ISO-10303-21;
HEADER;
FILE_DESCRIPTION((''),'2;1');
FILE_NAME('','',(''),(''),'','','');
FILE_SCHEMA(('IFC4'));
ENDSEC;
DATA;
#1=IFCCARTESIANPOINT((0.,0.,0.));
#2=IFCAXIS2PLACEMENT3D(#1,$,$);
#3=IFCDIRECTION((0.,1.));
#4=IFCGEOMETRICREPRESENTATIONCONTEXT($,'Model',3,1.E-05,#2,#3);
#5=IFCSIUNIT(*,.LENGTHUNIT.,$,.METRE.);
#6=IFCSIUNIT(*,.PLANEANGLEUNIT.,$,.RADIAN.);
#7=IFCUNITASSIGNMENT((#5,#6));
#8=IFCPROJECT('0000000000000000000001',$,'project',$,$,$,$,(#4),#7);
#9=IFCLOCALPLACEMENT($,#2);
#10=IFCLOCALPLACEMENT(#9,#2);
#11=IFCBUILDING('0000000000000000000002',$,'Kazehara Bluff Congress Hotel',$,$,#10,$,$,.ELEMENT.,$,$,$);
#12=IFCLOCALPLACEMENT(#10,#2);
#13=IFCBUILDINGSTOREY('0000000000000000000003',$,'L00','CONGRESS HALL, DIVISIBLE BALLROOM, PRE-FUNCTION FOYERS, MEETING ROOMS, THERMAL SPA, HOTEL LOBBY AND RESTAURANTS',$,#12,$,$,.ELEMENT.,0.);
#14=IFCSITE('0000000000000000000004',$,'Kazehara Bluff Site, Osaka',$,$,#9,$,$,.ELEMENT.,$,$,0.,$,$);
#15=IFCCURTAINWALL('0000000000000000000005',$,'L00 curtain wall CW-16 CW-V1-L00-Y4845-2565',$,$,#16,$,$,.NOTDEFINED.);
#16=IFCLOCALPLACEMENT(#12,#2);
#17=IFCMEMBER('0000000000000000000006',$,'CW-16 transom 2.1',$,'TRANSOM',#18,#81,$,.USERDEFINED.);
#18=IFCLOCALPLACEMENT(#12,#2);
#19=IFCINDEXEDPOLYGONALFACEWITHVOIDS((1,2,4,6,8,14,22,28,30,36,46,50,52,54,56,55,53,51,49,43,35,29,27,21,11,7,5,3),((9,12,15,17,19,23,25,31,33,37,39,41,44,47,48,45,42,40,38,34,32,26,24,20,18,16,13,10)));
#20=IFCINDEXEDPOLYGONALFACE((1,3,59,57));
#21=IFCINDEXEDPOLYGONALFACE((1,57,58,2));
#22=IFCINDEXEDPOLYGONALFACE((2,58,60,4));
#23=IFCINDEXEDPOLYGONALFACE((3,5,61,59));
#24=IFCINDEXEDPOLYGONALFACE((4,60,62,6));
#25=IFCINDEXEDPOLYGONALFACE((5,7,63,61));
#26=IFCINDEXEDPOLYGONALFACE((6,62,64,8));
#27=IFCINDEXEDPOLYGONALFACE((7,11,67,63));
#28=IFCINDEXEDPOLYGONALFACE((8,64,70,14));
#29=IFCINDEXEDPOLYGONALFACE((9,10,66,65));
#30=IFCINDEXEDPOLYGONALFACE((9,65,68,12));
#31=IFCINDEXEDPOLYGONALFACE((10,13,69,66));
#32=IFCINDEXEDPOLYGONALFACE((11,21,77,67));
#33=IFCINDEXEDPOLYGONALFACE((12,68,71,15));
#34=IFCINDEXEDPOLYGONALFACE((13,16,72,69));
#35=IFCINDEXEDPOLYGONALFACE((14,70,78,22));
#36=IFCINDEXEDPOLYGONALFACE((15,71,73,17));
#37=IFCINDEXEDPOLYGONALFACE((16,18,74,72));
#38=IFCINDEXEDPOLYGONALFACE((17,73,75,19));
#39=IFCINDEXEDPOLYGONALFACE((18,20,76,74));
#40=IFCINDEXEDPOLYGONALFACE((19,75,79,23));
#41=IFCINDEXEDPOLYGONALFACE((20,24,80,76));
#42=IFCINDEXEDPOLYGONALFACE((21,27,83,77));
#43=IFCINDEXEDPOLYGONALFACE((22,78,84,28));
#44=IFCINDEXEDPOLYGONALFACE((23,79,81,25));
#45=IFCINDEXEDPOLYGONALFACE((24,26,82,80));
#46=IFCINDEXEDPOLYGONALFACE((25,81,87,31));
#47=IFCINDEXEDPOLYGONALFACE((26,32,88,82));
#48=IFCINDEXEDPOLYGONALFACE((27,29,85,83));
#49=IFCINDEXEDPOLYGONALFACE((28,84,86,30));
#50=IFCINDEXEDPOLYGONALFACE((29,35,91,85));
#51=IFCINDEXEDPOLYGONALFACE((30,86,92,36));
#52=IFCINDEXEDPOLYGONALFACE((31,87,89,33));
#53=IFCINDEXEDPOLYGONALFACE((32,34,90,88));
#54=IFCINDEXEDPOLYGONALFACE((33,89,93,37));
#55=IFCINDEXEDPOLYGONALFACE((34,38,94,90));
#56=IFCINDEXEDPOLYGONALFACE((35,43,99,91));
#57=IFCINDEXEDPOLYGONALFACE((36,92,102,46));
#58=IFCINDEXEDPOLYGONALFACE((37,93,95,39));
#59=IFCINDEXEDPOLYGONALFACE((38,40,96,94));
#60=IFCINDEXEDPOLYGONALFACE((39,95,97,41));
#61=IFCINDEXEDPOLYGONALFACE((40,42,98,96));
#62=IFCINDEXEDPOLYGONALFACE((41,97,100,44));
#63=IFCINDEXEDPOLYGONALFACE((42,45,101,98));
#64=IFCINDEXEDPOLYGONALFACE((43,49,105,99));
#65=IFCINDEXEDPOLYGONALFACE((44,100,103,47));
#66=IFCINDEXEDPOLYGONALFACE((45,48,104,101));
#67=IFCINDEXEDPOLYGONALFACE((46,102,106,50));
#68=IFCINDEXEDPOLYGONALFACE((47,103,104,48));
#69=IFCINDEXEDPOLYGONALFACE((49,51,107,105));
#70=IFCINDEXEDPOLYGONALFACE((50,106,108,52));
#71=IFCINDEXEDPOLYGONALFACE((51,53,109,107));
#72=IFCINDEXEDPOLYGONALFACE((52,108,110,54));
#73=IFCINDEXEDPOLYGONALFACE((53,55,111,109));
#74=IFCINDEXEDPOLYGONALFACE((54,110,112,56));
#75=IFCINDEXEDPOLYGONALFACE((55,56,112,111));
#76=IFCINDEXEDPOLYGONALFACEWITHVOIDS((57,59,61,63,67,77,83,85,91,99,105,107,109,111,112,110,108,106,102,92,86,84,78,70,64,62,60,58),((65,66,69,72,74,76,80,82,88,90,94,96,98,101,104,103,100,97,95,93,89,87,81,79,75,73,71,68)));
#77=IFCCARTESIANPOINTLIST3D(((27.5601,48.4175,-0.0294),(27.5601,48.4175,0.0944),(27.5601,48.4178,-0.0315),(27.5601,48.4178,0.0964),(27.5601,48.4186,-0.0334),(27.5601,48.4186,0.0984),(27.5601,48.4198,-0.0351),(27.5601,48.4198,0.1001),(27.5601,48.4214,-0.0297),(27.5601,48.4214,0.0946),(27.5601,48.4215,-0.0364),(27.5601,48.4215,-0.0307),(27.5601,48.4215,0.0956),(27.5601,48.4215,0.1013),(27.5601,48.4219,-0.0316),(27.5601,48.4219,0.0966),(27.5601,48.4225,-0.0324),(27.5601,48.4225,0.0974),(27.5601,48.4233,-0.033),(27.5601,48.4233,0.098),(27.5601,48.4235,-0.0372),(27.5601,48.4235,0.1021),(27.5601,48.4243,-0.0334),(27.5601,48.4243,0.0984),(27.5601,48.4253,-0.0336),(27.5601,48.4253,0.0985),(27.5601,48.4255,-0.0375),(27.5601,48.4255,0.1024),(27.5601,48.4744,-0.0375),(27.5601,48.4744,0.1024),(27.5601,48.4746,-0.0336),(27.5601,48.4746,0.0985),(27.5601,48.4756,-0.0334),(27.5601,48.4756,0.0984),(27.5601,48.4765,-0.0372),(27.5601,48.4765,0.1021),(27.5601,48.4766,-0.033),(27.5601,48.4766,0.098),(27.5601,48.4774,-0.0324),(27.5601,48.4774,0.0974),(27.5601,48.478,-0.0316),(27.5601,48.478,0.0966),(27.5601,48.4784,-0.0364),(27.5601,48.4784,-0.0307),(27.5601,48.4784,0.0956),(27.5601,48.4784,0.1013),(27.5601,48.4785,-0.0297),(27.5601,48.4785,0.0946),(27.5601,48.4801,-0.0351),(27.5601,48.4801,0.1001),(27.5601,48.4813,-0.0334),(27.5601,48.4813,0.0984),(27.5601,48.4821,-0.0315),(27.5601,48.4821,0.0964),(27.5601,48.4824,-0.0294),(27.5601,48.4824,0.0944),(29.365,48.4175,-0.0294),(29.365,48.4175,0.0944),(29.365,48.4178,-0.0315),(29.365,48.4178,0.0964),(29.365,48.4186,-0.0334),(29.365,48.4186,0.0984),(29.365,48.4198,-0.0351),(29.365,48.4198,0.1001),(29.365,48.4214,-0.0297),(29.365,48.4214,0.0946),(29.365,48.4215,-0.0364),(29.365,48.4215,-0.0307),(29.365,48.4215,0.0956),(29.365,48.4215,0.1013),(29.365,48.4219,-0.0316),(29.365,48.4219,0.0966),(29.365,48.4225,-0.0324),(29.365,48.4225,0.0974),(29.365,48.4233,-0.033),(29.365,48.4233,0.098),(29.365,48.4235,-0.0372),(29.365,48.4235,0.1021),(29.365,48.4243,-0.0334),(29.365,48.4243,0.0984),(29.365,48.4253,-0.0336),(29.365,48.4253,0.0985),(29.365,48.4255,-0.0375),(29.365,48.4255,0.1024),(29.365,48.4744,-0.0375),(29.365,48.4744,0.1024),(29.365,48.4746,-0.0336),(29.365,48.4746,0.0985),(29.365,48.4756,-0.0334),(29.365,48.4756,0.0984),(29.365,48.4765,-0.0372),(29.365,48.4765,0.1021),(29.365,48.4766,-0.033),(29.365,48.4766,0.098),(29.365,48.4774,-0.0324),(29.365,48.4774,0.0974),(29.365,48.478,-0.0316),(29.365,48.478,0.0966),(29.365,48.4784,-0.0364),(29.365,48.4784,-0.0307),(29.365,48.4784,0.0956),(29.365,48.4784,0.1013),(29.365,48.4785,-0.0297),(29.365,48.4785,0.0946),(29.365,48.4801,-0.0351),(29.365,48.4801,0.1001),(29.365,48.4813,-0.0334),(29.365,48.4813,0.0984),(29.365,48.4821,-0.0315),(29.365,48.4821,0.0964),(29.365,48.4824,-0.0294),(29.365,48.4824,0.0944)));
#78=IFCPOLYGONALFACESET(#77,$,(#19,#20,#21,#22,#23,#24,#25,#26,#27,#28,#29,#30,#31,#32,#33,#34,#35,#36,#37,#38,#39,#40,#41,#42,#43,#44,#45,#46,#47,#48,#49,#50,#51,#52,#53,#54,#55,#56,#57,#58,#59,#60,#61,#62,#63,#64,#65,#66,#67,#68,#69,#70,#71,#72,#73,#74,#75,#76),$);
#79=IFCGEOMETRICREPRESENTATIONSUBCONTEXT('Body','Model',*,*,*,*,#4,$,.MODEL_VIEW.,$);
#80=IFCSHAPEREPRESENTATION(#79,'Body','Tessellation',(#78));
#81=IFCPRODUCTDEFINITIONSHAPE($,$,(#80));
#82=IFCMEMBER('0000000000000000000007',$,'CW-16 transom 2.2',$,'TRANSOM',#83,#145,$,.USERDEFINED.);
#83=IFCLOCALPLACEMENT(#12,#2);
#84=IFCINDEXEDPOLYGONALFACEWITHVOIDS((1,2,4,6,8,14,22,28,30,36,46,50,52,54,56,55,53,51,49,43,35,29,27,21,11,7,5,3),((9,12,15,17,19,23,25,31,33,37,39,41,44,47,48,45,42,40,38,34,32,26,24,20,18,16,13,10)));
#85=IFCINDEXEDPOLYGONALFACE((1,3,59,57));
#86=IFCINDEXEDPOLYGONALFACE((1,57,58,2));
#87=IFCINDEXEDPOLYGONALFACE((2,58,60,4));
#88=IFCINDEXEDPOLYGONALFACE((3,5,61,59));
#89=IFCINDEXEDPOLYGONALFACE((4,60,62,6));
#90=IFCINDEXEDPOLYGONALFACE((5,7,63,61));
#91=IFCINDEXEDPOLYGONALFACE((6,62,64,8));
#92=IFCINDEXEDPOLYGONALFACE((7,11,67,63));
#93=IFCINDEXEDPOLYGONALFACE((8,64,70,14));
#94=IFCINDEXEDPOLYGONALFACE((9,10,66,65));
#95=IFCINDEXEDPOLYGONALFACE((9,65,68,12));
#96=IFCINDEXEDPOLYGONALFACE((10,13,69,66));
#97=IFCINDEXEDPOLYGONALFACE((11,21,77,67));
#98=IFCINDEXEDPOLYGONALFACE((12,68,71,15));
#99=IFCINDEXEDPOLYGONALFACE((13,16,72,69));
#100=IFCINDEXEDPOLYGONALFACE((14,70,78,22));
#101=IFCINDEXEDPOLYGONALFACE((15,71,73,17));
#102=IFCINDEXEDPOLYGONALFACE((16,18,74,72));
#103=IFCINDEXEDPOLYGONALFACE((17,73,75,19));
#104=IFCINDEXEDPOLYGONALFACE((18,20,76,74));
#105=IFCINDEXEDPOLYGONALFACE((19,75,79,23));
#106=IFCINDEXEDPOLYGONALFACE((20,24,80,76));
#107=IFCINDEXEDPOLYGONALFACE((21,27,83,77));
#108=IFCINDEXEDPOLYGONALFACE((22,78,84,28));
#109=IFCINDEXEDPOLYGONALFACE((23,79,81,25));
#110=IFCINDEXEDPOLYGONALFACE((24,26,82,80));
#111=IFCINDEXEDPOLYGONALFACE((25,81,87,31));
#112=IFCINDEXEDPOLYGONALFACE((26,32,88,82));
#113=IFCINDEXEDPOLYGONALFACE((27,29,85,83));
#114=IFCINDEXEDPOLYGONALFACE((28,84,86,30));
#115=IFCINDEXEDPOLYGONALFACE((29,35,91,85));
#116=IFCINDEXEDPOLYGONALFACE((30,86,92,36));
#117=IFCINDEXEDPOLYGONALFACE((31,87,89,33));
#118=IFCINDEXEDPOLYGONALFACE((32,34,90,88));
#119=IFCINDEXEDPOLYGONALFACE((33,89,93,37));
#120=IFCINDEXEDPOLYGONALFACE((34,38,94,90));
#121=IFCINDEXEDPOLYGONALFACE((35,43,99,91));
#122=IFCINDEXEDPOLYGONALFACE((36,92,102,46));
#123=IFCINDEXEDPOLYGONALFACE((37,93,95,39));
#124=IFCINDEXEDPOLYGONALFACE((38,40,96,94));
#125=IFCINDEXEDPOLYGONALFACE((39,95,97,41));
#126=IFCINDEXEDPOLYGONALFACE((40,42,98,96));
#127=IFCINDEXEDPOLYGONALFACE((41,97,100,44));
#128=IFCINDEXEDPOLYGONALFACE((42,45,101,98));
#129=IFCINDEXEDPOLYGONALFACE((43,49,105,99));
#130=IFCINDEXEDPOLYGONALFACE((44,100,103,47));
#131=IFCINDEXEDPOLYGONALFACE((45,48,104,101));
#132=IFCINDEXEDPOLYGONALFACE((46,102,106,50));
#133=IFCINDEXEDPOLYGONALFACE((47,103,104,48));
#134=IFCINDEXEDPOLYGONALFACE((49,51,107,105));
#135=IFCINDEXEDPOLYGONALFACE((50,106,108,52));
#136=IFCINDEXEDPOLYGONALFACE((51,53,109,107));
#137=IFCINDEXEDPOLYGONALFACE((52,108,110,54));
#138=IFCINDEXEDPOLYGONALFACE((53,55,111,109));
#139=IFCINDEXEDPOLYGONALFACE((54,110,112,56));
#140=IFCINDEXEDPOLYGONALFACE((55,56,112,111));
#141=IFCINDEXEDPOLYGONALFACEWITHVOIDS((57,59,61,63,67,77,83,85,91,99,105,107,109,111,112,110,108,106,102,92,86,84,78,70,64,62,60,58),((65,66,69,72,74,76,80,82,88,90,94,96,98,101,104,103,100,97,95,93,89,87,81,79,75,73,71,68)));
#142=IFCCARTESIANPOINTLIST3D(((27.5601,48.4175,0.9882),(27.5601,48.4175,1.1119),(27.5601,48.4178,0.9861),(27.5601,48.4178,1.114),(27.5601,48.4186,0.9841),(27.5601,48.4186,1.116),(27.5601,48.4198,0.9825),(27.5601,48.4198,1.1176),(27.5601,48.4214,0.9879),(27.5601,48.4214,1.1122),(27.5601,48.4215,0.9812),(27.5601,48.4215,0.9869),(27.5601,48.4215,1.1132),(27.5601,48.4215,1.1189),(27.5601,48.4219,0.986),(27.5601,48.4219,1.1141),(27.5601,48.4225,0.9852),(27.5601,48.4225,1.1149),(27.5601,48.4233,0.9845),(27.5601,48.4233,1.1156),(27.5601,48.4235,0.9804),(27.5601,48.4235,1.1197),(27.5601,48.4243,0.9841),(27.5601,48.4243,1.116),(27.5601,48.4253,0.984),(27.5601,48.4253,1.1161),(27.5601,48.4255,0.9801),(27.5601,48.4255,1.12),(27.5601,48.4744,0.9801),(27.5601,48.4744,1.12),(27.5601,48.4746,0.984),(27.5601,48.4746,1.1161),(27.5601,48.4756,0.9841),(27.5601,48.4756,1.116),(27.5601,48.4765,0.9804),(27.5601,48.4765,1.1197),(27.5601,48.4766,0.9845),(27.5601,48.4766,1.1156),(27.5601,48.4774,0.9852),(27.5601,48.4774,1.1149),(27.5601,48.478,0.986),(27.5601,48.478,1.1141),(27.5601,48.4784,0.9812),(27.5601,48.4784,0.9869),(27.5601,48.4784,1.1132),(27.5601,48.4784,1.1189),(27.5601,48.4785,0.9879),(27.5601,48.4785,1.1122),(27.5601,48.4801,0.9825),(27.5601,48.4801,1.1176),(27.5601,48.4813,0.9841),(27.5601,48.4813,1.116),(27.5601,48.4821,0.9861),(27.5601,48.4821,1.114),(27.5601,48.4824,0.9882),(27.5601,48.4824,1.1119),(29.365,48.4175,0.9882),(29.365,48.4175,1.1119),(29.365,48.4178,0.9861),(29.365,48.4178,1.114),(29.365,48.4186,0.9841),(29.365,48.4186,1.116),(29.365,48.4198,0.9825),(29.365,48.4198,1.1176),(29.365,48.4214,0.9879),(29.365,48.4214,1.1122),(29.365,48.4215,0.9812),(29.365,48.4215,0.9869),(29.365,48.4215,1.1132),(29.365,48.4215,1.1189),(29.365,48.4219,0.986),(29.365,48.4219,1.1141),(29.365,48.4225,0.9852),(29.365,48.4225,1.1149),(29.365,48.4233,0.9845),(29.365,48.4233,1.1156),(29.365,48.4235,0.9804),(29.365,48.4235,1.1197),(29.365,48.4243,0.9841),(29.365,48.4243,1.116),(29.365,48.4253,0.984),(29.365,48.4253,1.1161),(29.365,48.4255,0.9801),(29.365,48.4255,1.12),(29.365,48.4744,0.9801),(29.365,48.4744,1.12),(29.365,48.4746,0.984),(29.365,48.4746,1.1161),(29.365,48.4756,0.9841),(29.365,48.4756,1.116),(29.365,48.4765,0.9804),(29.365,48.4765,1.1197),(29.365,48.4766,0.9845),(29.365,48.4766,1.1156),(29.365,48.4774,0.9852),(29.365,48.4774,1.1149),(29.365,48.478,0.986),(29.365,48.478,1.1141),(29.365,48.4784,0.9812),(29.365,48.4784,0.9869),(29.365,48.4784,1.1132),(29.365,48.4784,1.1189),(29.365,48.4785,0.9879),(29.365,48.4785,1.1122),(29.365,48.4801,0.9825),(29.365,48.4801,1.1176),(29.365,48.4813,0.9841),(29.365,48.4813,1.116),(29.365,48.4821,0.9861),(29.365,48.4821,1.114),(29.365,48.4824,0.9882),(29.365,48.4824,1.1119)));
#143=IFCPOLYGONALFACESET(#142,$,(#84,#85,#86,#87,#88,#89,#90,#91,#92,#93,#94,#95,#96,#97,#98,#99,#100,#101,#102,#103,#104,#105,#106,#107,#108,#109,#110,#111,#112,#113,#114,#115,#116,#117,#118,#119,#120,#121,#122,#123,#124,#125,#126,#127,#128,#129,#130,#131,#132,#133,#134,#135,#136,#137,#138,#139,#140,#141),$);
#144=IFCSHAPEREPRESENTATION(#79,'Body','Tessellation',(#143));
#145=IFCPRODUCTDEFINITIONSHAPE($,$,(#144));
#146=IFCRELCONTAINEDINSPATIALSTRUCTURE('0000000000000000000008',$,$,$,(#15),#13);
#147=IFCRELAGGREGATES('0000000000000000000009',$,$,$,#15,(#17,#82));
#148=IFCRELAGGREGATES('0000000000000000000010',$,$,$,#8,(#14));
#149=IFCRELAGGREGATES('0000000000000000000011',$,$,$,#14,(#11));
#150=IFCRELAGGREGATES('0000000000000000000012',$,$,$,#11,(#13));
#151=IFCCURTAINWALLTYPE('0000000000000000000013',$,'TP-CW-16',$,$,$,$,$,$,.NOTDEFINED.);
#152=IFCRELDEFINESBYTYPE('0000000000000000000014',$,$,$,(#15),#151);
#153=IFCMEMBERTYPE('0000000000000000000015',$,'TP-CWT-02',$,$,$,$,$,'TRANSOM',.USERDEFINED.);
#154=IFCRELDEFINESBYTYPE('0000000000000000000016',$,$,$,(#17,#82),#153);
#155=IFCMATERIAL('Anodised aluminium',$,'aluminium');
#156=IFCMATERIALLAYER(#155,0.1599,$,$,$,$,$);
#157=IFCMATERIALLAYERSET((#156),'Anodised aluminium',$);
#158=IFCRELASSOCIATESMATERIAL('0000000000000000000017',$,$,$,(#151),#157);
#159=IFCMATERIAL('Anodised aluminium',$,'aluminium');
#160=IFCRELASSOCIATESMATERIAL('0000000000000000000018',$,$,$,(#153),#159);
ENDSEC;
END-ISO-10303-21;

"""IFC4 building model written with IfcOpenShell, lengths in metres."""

from ifc_helpers import new_model, si_unit, direction, frame, origin, origin_2d, place, context, subcontext, project, spatial, hollow_rectangle, extrude, material, layer, layer_set, material_profile, profile_set, type_object, element, aggregate, save


model = new_model("IFC4")

# Units and contexts
model_context = context("Model", 3, precision=1e-05, world=origin(), true_north=direction((0.0, 1.0)))
body_context = subcontext(model_context, "Body", "Model", "MODEL_VIEW")
ifc_project = project(units=[si_unit("LENGTHUNIT", "METRE"), si_unit("PLANEANGLEUNIT", "RADIAN")], contexts=[model_context])

# Site, building, storey
site_placement = place(None, origin())
site = spatial("IfcSite", under=ifc_project, at=site_placement, Name="Kazehara Bluff Site, Osaka", CompositionType="ELEMENT", RefElevation=0.0)
building_placement = place(site_placement, origin())
building = spatial("IfcBuilding", under=site, at=building_placement, Name="Kazehara Bluff Congress Hotel", CompositionType="ELEMENT")
storey_placement = place(building_placement, origin())
storey = spatial("IfcBuildingStorey", under=building, at=storey_placement, Name="L00", Description="CONGRESS HALL, DIVISIBLE BALLROOM, PRE-FUNCTION FOYERS, MEETING ROOMS, THERMAL SPA, HOTEL LOBBY AND RESTAURANTS", CompositionType="ELEMENT", Elevation=0.0)

# Curtain wall, members
ifc_material_1 = material(Name="Anodised aluminium", Category="aluminium")
ifc_layer_1 = layer(ifc_material_1, 0.1599)
ifc_layer_set_1 = layer_set([ifc_layer_1], Name="Anodised aluminium")
curtain_wall_type = type_object("IfcCurtainWallType", Name="TP-CW-16", PredefinedType="NOTDEFINED", material=ifc_layer_set_1)
curtain_wall_placement = place(storey_placement, origin())
curtain_wall = element("IfcCurtainWall", 1, at=curtain_wall_placement, inside=storey, type_object=curtain_wall_type, Name="L00 curtain wall CW-16 CW-V1-L00-Y4845-2565", PredefinedType="NOTDEFINED")
ifc_material_2 = material(Name="Anodised aluminium", Category="aluminium")
ifc_material_profile_1 = material_profile(ifc_material_2, hollow_rectangle(XDim=0.0649, YDim=0.1399, WallThickness=0.0039, InnerFilletRadius=0.0039, OuterFilletRadius=0.0081, at=origin_2d()))
ifc_profile_set_1 = profile_set([ifc_material_profile_1], Name="Anodised aluminium")
member_type_1 = type_object("IfcMemberType", Name="TP-CWT-02", ElementType="TRANSOM", PredefinedType="USERDEFINED", material=ifc_profile_set_1)
member_1_placement = place(storey_placement, frame((27.5601, 48.45, 0.0325), z_axis=(1.0, 0.0, 0.0), x_axis=(0.0, 1.0, 0.0)))
member_1 = element("IfcMember", 2, at=member_1_placement, type_object=member_type_1, Name="CW-16 transom 2.1", ObjectType="TRANSOM", PredefinedType="USERDEFINED", context=body_context, shape_type="SweptSolid", body=[
    extrude(hollow_rectangle(XDim=0.0649, YDim=0.1399, WallThickness=0.0039, InnerFilletRadius=0.0039, OuterFilletRadius=0.0081, at=origin_2d()), origin(), (0.0, 0.0, 1.0), 1.8049),
])
member_2_placement = place(storey_placement, frame((27.5601, 48.45, 1.05), z_axis=(1.0, 0.0, 0.0), x_axis=(0.0, 1.0, 0.0)))
member_2 = element("IfcMember", 3, at=member_2_placement, type_object=member_type_1, Name="CW-16 transom 2.2", ObjectType="TRANSOM", PredefinedType="USERDEFINED", context=body_context, shape_type="SweptSolid", body=[
    extrude(hollow_rectangle(XDim=0.0649, YDim=0.1399, WallThickness=0.0039, InnerFilletRadius=0.0039, OuterFilletRadius=0.0081, at=origin_2d()), origin(), (0.0, 0.0, 1.0), 1.8049),
])
aggregate(curtain_wall, [member_1, member_2])

save(model, "model.ifc")
